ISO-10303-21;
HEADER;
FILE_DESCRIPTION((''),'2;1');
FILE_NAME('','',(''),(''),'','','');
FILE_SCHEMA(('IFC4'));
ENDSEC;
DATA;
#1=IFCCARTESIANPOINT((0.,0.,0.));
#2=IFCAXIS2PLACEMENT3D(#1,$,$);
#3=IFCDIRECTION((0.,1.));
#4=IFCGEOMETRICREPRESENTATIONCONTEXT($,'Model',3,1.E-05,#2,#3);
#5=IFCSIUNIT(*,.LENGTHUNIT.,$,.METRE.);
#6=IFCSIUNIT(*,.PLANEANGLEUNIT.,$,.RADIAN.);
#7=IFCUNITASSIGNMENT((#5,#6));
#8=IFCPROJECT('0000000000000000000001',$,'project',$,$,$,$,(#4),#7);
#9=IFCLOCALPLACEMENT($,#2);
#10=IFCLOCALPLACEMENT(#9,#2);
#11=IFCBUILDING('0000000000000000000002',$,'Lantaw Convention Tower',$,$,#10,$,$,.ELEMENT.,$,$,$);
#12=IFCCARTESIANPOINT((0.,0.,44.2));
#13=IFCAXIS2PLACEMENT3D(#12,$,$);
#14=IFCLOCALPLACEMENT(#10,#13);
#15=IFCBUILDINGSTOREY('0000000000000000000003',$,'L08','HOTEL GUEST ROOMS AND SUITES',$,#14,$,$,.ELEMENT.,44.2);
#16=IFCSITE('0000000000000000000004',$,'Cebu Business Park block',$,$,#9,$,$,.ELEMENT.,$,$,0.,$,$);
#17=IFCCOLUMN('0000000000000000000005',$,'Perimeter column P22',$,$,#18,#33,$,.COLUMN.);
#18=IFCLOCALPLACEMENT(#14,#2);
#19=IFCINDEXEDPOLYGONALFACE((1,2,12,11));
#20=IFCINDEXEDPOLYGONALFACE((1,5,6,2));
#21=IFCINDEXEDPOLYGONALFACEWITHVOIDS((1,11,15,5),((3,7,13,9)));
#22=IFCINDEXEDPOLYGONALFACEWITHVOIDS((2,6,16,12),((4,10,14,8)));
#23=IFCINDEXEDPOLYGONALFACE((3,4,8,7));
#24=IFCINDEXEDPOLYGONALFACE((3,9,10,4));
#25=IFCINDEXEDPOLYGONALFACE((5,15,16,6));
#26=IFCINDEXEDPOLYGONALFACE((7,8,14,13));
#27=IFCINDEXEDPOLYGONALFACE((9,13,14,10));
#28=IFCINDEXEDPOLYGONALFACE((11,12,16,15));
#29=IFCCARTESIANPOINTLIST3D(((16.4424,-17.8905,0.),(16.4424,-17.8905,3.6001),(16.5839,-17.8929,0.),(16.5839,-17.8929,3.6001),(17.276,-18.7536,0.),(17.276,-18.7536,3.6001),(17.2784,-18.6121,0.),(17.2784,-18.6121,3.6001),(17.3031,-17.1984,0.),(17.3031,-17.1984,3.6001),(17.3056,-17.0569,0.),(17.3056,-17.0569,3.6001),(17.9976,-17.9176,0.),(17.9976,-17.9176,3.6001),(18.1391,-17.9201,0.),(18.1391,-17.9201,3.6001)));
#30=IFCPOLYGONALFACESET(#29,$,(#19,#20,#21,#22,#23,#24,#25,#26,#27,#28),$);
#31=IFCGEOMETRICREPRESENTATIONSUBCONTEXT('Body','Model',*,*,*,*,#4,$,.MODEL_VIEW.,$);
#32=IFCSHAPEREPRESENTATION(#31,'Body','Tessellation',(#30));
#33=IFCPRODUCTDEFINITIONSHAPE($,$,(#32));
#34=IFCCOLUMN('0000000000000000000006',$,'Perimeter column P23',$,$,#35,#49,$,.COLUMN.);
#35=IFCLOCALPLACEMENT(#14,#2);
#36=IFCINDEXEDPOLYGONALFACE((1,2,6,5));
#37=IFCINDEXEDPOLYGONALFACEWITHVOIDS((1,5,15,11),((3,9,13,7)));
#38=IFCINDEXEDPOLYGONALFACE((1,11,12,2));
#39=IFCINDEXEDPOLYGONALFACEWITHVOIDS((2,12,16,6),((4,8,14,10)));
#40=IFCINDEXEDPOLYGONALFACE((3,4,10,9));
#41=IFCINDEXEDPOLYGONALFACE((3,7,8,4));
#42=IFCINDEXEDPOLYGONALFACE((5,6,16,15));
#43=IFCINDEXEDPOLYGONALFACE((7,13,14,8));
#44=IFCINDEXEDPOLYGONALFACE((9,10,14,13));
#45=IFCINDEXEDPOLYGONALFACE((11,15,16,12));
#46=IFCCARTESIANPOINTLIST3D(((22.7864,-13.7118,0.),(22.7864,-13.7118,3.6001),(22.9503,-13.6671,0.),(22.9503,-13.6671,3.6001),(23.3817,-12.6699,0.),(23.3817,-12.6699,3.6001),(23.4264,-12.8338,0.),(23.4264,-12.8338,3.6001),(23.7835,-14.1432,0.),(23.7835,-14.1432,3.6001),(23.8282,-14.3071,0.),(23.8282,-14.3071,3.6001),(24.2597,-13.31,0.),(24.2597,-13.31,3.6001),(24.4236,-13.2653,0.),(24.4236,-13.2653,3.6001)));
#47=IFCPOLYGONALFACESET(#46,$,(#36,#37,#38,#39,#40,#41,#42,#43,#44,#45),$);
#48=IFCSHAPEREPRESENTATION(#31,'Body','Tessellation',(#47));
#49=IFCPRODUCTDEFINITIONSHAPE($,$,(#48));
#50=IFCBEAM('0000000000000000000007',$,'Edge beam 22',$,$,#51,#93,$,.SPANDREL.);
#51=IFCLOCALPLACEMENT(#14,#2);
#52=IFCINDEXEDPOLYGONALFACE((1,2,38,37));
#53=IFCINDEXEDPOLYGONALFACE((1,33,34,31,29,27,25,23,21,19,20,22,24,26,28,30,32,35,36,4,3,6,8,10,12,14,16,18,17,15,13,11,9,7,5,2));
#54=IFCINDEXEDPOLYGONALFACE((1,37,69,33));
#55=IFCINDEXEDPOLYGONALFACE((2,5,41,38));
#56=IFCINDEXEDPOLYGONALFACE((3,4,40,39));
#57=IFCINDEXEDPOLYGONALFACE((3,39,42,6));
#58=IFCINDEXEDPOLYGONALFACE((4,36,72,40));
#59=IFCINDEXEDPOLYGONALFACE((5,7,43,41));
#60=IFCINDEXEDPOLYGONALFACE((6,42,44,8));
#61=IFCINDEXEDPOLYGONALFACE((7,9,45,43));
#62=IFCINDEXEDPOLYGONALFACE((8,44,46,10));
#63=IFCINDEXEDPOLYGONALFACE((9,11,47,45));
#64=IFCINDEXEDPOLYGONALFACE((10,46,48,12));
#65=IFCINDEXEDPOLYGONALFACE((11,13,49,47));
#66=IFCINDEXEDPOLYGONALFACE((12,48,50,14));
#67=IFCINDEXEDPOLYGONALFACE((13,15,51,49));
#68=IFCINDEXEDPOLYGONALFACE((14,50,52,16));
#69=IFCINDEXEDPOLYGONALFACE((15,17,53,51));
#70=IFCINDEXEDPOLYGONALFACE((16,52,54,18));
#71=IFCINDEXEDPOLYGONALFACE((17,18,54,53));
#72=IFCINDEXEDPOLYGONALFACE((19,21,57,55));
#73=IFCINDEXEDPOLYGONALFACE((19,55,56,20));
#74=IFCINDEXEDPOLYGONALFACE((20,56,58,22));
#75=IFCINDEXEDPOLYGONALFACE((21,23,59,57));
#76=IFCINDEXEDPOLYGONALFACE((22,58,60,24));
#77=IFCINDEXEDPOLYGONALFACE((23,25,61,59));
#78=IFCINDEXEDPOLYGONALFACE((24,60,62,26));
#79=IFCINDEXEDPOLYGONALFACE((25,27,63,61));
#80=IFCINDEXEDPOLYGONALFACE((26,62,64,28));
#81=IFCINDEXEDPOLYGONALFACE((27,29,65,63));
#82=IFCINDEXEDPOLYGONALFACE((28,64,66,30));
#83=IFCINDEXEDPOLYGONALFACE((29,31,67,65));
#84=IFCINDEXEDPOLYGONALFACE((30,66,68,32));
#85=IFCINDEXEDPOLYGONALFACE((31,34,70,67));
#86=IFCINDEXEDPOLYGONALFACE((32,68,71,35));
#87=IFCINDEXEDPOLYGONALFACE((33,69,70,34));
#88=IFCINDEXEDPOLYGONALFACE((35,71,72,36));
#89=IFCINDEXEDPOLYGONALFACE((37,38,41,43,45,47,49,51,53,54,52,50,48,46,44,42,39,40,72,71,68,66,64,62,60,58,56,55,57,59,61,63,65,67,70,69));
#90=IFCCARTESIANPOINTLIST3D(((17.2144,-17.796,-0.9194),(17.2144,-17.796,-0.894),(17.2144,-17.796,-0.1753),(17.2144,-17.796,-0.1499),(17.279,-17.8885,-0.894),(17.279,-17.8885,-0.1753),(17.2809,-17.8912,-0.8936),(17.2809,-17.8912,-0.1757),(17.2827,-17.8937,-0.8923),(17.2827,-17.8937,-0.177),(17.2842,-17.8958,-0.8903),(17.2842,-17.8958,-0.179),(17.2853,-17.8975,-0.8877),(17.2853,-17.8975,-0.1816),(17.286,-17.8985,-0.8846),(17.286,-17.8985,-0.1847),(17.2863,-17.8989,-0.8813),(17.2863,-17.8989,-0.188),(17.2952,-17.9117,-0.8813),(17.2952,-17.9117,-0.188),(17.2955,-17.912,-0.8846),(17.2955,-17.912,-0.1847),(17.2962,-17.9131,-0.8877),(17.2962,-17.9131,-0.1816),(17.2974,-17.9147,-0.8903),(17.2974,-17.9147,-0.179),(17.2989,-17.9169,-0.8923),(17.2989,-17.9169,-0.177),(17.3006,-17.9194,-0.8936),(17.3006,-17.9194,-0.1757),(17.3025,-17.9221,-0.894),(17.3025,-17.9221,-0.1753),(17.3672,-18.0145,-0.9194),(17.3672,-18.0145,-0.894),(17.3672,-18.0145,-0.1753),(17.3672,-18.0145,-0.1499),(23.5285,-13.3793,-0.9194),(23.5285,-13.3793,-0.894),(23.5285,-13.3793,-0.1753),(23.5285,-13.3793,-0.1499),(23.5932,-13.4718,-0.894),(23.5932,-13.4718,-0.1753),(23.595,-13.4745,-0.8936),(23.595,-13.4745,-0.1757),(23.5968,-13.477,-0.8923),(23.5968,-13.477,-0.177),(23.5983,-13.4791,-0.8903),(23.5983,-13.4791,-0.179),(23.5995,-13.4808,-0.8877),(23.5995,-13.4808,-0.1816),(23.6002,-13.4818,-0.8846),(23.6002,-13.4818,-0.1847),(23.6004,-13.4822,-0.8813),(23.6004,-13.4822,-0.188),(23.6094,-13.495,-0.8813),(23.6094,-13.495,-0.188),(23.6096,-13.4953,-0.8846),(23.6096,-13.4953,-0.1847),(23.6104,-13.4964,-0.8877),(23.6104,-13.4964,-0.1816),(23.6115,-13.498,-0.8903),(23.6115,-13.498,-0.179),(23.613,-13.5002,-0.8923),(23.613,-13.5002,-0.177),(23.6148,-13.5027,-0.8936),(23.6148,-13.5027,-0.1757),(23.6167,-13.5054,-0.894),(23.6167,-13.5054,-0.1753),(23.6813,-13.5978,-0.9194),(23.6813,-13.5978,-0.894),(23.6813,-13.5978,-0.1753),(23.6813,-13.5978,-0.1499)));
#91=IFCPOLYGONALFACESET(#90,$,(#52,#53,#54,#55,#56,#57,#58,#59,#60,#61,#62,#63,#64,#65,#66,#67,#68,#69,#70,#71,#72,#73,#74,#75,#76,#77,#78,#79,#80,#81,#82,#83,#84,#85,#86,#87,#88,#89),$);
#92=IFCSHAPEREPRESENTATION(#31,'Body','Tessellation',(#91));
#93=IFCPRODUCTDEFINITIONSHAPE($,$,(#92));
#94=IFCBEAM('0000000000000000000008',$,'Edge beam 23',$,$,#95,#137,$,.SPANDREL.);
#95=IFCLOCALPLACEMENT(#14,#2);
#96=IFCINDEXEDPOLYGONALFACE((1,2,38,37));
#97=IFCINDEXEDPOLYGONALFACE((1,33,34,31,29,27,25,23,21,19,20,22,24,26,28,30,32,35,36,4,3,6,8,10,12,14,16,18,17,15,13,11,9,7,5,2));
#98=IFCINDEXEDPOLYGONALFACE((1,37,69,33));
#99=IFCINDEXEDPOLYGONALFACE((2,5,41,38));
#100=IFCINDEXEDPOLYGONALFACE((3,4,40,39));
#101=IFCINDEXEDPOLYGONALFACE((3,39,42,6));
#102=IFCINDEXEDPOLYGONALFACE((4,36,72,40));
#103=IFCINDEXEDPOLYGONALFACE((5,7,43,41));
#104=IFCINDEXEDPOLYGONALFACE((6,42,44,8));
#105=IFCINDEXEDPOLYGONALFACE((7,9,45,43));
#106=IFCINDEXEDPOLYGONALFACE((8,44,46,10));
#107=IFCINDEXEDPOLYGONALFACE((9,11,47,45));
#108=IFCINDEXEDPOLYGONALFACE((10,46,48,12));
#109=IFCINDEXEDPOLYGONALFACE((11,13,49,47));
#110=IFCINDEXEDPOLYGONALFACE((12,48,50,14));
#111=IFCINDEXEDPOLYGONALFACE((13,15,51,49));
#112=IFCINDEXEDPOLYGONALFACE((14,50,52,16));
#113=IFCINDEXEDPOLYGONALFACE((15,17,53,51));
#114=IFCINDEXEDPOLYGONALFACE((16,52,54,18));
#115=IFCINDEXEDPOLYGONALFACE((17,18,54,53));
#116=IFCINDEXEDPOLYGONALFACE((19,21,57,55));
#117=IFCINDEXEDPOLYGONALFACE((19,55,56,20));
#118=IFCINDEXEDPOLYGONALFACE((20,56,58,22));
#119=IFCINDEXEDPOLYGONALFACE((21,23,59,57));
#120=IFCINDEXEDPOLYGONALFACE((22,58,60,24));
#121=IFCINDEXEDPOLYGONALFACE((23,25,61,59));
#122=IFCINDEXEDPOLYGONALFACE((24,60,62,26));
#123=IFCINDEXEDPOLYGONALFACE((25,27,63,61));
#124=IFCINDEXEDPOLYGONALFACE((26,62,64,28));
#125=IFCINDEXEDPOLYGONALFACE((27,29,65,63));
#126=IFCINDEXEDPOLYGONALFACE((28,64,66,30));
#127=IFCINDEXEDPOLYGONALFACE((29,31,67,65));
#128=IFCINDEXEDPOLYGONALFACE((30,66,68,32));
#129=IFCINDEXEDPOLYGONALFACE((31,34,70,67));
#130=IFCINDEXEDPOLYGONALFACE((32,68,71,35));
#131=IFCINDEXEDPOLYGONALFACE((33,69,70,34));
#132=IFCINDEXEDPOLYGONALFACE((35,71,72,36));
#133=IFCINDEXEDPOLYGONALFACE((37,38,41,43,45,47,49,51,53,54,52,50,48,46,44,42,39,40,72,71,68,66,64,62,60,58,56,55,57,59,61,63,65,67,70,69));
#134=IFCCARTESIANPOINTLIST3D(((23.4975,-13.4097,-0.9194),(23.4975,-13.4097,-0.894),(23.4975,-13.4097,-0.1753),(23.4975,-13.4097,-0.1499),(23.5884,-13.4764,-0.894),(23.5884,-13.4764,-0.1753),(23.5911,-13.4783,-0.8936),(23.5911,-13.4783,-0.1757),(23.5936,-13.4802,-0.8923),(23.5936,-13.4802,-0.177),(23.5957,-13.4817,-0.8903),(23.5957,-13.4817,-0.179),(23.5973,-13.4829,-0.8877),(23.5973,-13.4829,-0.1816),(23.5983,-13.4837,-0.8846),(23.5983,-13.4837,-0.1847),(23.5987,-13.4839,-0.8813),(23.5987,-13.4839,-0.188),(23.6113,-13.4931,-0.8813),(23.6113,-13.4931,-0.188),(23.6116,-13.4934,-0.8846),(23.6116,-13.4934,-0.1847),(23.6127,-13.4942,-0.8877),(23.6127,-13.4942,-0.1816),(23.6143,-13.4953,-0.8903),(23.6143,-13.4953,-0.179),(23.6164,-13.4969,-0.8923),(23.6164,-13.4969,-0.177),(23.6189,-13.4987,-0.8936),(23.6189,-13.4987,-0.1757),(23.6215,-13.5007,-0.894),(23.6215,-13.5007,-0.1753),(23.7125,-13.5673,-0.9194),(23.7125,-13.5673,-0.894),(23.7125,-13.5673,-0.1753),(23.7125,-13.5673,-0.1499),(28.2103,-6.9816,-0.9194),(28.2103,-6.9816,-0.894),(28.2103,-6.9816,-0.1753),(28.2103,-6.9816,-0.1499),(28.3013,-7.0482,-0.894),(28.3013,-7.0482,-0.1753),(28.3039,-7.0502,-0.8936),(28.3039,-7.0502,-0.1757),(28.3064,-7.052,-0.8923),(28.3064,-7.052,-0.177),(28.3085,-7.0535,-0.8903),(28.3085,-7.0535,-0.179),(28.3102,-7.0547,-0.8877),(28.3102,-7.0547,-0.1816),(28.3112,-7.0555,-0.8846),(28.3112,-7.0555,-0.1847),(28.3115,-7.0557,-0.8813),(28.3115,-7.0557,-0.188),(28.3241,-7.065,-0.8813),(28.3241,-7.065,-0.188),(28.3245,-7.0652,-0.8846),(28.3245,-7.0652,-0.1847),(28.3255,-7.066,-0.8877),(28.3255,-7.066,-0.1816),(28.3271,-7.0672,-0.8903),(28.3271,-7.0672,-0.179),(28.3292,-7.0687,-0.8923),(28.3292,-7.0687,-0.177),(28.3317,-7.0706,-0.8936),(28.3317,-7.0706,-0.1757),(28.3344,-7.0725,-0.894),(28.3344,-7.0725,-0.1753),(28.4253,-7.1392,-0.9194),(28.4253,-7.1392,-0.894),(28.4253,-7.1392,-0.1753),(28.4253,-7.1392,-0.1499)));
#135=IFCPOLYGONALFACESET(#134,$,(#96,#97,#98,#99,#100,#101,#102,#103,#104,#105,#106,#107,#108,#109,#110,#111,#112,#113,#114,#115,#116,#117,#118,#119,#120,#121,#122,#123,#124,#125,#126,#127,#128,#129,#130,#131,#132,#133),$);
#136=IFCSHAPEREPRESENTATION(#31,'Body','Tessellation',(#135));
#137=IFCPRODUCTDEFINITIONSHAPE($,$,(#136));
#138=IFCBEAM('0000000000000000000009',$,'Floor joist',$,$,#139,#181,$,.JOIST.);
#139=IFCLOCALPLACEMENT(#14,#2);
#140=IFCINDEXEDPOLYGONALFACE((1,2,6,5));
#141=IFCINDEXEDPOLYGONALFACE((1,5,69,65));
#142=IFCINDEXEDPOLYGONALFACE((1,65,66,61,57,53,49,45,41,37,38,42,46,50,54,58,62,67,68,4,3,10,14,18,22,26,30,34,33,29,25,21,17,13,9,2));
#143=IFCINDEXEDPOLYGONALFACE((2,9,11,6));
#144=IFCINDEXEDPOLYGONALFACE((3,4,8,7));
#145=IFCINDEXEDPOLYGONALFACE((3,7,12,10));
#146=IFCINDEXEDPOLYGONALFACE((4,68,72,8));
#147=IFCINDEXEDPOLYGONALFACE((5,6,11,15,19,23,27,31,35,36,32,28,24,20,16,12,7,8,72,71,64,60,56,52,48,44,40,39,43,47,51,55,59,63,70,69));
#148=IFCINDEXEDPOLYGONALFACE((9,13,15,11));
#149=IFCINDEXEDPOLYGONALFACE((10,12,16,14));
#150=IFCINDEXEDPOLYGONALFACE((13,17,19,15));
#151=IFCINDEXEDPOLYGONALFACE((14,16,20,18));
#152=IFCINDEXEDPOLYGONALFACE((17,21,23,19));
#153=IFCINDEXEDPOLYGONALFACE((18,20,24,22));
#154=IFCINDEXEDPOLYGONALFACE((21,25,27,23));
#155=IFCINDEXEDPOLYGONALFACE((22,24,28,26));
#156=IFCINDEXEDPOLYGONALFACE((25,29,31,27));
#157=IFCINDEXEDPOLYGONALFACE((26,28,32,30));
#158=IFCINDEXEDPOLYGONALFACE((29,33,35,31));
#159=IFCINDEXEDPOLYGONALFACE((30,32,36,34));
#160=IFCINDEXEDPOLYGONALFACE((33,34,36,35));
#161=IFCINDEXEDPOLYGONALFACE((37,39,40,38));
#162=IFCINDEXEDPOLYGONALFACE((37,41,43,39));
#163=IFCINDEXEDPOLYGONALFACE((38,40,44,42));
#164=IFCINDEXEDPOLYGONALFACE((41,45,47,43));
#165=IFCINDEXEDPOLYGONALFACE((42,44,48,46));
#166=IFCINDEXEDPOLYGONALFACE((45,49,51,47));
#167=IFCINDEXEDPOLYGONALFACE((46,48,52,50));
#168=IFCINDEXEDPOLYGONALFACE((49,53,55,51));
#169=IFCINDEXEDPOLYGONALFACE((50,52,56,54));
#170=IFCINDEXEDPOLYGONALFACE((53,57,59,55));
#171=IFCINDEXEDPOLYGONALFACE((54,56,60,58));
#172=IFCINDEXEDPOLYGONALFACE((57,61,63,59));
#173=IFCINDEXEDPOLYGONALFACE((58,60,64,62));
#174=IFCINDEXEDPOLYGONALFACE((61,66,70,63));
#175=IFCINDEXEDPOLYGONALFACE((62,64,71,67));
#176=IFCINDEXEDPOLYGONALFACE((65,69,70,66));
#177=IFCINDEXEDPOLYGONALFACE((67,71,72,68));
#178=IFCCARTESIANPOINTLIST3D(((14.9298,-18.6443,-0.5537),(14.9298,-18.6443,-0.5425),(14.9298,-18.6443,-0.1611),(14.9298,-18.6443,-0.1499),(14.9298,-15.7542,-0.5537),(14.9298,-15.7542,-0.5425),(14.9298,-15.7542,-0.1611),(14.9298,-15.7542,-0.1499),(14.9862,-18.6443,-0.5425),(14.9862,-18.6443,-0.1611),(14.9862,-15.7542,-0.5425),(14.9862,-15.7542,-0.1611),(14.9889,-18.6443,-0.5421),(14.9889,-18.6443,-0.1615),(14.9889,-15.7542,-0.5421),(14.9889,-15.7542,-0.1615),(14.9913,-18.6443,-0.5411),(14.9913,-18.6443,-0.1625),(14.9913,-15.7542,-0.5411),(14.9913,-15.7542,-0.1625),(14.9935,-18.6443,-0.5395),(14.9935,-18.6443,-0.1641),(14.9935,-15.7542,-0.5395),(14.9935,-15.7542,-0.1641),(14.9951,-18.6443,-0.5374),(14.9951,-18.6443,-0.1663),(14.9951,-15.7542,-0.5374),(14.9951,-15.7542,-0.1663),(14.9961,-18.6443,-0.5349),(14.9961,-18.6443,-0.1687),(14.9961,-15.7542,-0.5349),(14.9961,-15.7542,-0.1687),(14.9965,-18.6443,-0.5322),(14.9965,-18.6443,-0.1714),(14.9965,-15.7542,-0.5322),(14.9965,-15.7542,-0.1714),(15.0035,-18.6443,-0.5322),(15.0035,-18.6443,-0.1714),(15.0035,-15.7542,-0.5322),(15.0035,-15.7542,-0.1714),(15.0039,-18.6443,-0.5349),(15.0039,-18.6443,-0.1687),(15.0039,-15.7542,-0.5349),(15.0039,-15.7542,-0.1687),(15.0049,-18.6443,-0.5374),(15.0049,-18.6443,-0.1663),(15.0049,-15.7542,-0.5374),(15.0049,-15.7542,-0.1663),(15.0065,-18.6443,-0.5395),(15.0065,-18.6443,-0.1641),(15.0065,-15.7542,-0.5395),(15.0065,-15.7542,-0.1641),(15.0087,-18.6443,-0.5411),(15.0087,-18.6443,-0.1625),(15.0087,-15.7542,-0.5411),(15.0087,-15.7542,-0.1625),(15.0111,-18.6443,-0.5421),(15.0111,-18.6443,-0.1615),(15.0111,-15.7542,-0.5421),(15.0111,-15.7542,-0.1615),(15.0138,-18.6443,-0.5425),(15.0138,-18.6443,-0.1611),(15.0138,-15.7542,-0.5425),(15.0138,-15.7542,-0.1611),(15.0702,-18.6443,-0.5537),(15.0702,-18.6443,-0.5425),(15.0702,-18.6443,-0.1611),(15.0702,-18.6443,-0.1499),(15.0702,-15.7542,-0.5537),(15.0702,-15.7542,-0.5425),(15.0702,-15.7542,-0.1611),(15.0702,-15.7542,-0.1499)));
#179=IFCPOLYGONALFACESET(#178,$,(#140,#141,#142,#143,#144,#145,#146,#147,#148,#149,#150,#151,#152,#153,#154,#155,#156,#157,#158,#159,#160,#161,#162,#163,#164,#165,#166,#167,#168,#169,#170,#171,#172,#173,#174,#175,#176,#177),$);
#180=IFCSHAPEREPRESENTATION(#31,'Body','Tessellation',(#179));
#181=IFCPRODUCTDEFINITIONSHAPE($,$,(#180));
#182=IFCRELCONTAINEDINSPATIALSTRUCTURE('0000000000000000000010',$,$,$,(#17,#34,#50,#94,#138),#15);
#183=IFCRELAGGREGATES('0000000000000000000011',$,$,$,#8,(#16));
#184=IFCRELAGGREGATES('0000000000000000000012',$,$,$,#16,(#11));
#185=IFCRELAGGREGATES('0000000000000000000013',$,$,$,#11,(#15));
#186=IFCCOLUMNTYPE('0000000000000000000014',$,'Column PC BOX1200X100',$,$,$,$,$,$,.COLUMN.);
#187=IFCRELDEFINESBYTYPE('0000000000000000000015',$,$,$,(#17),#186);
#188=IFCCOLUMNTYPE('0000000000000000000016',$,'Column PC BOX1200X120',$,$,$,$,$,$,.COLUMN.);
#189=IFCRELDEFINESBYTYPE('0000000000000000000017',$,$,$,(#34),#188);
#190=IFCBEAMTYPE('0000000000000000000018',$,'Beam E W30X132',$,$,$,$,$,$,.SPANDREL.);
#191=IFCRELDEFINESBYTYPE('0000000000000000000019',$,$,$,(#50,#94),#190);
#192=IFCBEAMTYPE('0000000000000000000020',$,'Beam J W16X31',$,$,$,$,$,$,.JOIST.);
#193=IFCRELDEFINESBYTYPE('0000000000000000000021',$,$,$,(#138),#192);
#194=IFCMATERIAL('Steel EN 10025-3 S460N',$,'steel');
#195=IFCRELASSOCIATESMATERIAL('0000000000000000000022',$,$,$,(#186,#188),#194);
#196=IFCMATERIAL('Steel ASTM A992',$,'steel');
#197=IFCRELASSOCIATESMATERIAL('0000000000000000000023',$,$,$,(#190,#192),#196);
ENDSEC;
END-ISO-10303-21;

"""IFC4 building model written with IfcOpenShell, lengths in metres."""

from ifc_helpers import new_model, si_unit, direction, frame, origin, origin_2d, place, context, subcontext, project, spatial, rectangle, hollow_rectangle, i_section, extrude, material, material_profile, profile_set, type_object, element, save


model = new_model("IFC4")

# Units and contexts
model_context = context("Model", 3, precision=1e-05, world=origin(), true_north=direction((0.0, 1.0)))
body_context = subcontext(model_context, "Body", "Model", "MODEL_VIEW")
ifc_project = project(units=[si_unit("LENGTHUNIT", "METRE"), si_unit("PLANEANGLEUNIT", "RADIAN")], contexts=[model_context])

# Site, building, storey
site_placement = place(None, origin())
site = spatial("IfcSite", under=ifc_project, at=site_placement, Name="Cebu Business Park block", CompositionType="ELEMENT", RefElevation=0.0)
building_placement = place(site_placement, origin())
building = spatial("IfcBuilding", under=site, at=building_placement, Name="Lantaw Convention Tower", CompositionType="ELEMENT")
storey_placement = place(building_placement, frame((0.0, 0.0, 44.2)))
storey = spatial("IfcBuildingStorey", under=building, at=storey_placement, Name="L08", Description="HOTEL GUEST ROOMS AND SUITES", CompositionType="ELEMENT", Elevation=44.2)

# Columns
ifc_material_1 = material(Name="Steel EN 10025-3 S460N", Category="steel")
ifc_material_profile_1 = material_profile(ifc_material_1, hollow_rectangle(XDim=1.2, YDim=1.2, WallThickness=0.1001, at=origin_2d()), Name="BOX1200X100")
ifc_material_2 = material(Name="Concrete C60/75", Category="concrete")
ifc_material_profile_2 = material_profile(ifc_material_2, rectangle(XDim=1.0, YDim=1.0, at=origin_2d()), Name="Concrete fill of BOX1200X100")
ifc_profile_set_1 = profile_set([ifc_material_profile_1, ifc_material_profile_2], Name="Steel EN 10025-3 S460N")
column_type_1 = type_object("IfcColumnType", Name="Column PC BOX1200X100", PredefinedType="COLUMN", material=ifc_profile_set_1)
column_1_placement = place(storey_placement, frame((17.2908, -17.9053, 0.0), z_axis=(0.0, 0.0, 1.0), x_axis=(0.71934, 0.694658, 0.0)))
element("IfcColumn", 1, at=column_1_placement, inside=storey, type_object=column_type_1, Name="Perimeter column P22", PredefinedType="COLUMN", context=body_context, shape_type="SweptSolid", body=[
    extrude(hollow_rectangle(XDim=1.2, YDim=1.2, WallThickness=0.1001, at=origin_2d()), origin(), (0.0, 0.0, 1.0), 3.6001),
])
ifc_material_profile_3 = material_profile(ifc_material_1, hollow_rectangle(XDim=1.2, YDim=1.2, WallThickness=0.1201, at=origin_2d()), Name="BOX1200X120")
ifc_material_profile_4 = material_profile(ifc_material_2, rectangle(XDim=0.96, YDim=0.96, at=origin_2d()), Name="Concrete fill of BOX1200X120")
ifc_profile_set_2 = profile_set([ifc_material_profile_3, ifc_material_profile_4], Name="Steel EN 10025-3 S460N")
column_type_2 = type_object("IfcColumnType", Name="Column PC BOX1200X120", PredefinedType="COLUMN", material=ifc_profile_set_2)
column_2_placement = place(storey_placement, frame((23.605, -13.4885, 0.0), z_axis=(0.0, 0.0, 1.0), x_axis=(0.496139, 0.868243, 0.0)))
element("IfcColumn", 2, at=column_2_placement, inside=storey, type_object=column_type_2, Name="Perimeter column P23", PredefinedType="COLUMN", context=body_context, shape_type="SweptSolid", body=[
    extrude(hollow_rectangle(XDim=1.2, YDim=1.2, WallThickness=0.1201, at=origin_2d()), origin(), (0.0, 0.0, 1.0), 3.6001),
])

# Beams
ifc_material_3 = material(Name="Steel ASTM A992", Category="steel")
ifc_material_profile_5 = material_profile(ifc_material_3, i_section(OverallWidth=0.2666, OverallDepth=0.7695, WebThickness=0.0156, FlangeThickness=0.0254, FilletRadius=0.0127, at=origin_2d()), Name="W30X132")
ifc_profile_set_3 = profile_set([ifc_material_profile_5], Name="Steel ASTM A992")
beam_type_1 = type_object("IfcBeamType", Name="Beam E W30X132", PredefinedType="SPANDREL", material=ifc_profile_set_3)
beam_1_placement = place(storey_placement, frame((17.2908, -17.9053, -0.5347), z_axis=(0.819427, 0.573184, 0.0), x_axis=(-0.573184, 0.819427, 0.0)))
element("IfcBeam", 3, at=beam_1_placement, inside=storey, type_object=beam_type_1, Name="Edge beam 22", PredefinedType="SPANDREL", context=body_context, shape_type="SweptSolid", body=[
    extrude(i_section(OverallWidth=0.2666, OverallDepth=0.7695, WebThickness=0.0156, FlangeThickness=0.0254, FilletRadius=0.0127, at=origin_2d()), origin(), (0.0, 0.0, 1.0), 7.7056),
])
beam_2_placement = place(storey_placement, frame((23.605, -13.4885, -0.5347), z_axis=(0.591271, 0.806473, 0.0), x_axis=(-0.806473, 0.591271, 0.0)))
element("IfcBeam", 4, at=beam_2_placement, inside=storey, type_object=beam_type_1, Name="Edge beam 23", PredefinedType="SPANDREL", context=body_context, shape_type="SweptSolid", body=[
    extrude(i_section(OverallWidth=0.2666, OverallDepth=0.7695, WebThickness=0.0156, FlangeThickness=0.0254, FilletRadius=0.0127, at=origin_2d()), origin(), (0.0, 0.0, 1.0), 7.9707),
])
ifc_material_profile_6 = material_profile(ifc_material_3, i_section(OverallWidth=0.1404, OverallDepth=0.4038, WebThickness=0.0071, FlangeThickness=0.0112, FilletRadius=0.0103, at=origin_2d()), Name="W16X31")
ifc_profile_set_4 = profile_set([ifc_material_profile_6], Name="Steel ASTM A992")
beam_type_2 = type_object("IfcBeamType", Name="Beam J W16X31", PredefinedType="JOIST", material=ifc_profile_set_4)
beam_3_placement = place(storey_placement, frame((15.0, -18.6443, -0.3518), z_axis=(0.0, 1.0, 0.0), x_axis=(-1.0, 0.0, 0.0)))
element("IfcBeam", 5, at=beam_3_placement, inside=storey, type_object=beam_type_2, Name="Floor joist", PredefinedType="JOIST", context=body_context, shape_type="SweptSolid", body=[
    extrude(i_section(OverallWidth=0.1404, OverallDepth=0.4038, WebThickness=0.0071, FlangeThickness=0.0112, FilletRadius=0.0103, at=origin_2d()), origin(), (0.0, 0.0, 1.0), 2.8901),
])

save(model, "model.ifc")
